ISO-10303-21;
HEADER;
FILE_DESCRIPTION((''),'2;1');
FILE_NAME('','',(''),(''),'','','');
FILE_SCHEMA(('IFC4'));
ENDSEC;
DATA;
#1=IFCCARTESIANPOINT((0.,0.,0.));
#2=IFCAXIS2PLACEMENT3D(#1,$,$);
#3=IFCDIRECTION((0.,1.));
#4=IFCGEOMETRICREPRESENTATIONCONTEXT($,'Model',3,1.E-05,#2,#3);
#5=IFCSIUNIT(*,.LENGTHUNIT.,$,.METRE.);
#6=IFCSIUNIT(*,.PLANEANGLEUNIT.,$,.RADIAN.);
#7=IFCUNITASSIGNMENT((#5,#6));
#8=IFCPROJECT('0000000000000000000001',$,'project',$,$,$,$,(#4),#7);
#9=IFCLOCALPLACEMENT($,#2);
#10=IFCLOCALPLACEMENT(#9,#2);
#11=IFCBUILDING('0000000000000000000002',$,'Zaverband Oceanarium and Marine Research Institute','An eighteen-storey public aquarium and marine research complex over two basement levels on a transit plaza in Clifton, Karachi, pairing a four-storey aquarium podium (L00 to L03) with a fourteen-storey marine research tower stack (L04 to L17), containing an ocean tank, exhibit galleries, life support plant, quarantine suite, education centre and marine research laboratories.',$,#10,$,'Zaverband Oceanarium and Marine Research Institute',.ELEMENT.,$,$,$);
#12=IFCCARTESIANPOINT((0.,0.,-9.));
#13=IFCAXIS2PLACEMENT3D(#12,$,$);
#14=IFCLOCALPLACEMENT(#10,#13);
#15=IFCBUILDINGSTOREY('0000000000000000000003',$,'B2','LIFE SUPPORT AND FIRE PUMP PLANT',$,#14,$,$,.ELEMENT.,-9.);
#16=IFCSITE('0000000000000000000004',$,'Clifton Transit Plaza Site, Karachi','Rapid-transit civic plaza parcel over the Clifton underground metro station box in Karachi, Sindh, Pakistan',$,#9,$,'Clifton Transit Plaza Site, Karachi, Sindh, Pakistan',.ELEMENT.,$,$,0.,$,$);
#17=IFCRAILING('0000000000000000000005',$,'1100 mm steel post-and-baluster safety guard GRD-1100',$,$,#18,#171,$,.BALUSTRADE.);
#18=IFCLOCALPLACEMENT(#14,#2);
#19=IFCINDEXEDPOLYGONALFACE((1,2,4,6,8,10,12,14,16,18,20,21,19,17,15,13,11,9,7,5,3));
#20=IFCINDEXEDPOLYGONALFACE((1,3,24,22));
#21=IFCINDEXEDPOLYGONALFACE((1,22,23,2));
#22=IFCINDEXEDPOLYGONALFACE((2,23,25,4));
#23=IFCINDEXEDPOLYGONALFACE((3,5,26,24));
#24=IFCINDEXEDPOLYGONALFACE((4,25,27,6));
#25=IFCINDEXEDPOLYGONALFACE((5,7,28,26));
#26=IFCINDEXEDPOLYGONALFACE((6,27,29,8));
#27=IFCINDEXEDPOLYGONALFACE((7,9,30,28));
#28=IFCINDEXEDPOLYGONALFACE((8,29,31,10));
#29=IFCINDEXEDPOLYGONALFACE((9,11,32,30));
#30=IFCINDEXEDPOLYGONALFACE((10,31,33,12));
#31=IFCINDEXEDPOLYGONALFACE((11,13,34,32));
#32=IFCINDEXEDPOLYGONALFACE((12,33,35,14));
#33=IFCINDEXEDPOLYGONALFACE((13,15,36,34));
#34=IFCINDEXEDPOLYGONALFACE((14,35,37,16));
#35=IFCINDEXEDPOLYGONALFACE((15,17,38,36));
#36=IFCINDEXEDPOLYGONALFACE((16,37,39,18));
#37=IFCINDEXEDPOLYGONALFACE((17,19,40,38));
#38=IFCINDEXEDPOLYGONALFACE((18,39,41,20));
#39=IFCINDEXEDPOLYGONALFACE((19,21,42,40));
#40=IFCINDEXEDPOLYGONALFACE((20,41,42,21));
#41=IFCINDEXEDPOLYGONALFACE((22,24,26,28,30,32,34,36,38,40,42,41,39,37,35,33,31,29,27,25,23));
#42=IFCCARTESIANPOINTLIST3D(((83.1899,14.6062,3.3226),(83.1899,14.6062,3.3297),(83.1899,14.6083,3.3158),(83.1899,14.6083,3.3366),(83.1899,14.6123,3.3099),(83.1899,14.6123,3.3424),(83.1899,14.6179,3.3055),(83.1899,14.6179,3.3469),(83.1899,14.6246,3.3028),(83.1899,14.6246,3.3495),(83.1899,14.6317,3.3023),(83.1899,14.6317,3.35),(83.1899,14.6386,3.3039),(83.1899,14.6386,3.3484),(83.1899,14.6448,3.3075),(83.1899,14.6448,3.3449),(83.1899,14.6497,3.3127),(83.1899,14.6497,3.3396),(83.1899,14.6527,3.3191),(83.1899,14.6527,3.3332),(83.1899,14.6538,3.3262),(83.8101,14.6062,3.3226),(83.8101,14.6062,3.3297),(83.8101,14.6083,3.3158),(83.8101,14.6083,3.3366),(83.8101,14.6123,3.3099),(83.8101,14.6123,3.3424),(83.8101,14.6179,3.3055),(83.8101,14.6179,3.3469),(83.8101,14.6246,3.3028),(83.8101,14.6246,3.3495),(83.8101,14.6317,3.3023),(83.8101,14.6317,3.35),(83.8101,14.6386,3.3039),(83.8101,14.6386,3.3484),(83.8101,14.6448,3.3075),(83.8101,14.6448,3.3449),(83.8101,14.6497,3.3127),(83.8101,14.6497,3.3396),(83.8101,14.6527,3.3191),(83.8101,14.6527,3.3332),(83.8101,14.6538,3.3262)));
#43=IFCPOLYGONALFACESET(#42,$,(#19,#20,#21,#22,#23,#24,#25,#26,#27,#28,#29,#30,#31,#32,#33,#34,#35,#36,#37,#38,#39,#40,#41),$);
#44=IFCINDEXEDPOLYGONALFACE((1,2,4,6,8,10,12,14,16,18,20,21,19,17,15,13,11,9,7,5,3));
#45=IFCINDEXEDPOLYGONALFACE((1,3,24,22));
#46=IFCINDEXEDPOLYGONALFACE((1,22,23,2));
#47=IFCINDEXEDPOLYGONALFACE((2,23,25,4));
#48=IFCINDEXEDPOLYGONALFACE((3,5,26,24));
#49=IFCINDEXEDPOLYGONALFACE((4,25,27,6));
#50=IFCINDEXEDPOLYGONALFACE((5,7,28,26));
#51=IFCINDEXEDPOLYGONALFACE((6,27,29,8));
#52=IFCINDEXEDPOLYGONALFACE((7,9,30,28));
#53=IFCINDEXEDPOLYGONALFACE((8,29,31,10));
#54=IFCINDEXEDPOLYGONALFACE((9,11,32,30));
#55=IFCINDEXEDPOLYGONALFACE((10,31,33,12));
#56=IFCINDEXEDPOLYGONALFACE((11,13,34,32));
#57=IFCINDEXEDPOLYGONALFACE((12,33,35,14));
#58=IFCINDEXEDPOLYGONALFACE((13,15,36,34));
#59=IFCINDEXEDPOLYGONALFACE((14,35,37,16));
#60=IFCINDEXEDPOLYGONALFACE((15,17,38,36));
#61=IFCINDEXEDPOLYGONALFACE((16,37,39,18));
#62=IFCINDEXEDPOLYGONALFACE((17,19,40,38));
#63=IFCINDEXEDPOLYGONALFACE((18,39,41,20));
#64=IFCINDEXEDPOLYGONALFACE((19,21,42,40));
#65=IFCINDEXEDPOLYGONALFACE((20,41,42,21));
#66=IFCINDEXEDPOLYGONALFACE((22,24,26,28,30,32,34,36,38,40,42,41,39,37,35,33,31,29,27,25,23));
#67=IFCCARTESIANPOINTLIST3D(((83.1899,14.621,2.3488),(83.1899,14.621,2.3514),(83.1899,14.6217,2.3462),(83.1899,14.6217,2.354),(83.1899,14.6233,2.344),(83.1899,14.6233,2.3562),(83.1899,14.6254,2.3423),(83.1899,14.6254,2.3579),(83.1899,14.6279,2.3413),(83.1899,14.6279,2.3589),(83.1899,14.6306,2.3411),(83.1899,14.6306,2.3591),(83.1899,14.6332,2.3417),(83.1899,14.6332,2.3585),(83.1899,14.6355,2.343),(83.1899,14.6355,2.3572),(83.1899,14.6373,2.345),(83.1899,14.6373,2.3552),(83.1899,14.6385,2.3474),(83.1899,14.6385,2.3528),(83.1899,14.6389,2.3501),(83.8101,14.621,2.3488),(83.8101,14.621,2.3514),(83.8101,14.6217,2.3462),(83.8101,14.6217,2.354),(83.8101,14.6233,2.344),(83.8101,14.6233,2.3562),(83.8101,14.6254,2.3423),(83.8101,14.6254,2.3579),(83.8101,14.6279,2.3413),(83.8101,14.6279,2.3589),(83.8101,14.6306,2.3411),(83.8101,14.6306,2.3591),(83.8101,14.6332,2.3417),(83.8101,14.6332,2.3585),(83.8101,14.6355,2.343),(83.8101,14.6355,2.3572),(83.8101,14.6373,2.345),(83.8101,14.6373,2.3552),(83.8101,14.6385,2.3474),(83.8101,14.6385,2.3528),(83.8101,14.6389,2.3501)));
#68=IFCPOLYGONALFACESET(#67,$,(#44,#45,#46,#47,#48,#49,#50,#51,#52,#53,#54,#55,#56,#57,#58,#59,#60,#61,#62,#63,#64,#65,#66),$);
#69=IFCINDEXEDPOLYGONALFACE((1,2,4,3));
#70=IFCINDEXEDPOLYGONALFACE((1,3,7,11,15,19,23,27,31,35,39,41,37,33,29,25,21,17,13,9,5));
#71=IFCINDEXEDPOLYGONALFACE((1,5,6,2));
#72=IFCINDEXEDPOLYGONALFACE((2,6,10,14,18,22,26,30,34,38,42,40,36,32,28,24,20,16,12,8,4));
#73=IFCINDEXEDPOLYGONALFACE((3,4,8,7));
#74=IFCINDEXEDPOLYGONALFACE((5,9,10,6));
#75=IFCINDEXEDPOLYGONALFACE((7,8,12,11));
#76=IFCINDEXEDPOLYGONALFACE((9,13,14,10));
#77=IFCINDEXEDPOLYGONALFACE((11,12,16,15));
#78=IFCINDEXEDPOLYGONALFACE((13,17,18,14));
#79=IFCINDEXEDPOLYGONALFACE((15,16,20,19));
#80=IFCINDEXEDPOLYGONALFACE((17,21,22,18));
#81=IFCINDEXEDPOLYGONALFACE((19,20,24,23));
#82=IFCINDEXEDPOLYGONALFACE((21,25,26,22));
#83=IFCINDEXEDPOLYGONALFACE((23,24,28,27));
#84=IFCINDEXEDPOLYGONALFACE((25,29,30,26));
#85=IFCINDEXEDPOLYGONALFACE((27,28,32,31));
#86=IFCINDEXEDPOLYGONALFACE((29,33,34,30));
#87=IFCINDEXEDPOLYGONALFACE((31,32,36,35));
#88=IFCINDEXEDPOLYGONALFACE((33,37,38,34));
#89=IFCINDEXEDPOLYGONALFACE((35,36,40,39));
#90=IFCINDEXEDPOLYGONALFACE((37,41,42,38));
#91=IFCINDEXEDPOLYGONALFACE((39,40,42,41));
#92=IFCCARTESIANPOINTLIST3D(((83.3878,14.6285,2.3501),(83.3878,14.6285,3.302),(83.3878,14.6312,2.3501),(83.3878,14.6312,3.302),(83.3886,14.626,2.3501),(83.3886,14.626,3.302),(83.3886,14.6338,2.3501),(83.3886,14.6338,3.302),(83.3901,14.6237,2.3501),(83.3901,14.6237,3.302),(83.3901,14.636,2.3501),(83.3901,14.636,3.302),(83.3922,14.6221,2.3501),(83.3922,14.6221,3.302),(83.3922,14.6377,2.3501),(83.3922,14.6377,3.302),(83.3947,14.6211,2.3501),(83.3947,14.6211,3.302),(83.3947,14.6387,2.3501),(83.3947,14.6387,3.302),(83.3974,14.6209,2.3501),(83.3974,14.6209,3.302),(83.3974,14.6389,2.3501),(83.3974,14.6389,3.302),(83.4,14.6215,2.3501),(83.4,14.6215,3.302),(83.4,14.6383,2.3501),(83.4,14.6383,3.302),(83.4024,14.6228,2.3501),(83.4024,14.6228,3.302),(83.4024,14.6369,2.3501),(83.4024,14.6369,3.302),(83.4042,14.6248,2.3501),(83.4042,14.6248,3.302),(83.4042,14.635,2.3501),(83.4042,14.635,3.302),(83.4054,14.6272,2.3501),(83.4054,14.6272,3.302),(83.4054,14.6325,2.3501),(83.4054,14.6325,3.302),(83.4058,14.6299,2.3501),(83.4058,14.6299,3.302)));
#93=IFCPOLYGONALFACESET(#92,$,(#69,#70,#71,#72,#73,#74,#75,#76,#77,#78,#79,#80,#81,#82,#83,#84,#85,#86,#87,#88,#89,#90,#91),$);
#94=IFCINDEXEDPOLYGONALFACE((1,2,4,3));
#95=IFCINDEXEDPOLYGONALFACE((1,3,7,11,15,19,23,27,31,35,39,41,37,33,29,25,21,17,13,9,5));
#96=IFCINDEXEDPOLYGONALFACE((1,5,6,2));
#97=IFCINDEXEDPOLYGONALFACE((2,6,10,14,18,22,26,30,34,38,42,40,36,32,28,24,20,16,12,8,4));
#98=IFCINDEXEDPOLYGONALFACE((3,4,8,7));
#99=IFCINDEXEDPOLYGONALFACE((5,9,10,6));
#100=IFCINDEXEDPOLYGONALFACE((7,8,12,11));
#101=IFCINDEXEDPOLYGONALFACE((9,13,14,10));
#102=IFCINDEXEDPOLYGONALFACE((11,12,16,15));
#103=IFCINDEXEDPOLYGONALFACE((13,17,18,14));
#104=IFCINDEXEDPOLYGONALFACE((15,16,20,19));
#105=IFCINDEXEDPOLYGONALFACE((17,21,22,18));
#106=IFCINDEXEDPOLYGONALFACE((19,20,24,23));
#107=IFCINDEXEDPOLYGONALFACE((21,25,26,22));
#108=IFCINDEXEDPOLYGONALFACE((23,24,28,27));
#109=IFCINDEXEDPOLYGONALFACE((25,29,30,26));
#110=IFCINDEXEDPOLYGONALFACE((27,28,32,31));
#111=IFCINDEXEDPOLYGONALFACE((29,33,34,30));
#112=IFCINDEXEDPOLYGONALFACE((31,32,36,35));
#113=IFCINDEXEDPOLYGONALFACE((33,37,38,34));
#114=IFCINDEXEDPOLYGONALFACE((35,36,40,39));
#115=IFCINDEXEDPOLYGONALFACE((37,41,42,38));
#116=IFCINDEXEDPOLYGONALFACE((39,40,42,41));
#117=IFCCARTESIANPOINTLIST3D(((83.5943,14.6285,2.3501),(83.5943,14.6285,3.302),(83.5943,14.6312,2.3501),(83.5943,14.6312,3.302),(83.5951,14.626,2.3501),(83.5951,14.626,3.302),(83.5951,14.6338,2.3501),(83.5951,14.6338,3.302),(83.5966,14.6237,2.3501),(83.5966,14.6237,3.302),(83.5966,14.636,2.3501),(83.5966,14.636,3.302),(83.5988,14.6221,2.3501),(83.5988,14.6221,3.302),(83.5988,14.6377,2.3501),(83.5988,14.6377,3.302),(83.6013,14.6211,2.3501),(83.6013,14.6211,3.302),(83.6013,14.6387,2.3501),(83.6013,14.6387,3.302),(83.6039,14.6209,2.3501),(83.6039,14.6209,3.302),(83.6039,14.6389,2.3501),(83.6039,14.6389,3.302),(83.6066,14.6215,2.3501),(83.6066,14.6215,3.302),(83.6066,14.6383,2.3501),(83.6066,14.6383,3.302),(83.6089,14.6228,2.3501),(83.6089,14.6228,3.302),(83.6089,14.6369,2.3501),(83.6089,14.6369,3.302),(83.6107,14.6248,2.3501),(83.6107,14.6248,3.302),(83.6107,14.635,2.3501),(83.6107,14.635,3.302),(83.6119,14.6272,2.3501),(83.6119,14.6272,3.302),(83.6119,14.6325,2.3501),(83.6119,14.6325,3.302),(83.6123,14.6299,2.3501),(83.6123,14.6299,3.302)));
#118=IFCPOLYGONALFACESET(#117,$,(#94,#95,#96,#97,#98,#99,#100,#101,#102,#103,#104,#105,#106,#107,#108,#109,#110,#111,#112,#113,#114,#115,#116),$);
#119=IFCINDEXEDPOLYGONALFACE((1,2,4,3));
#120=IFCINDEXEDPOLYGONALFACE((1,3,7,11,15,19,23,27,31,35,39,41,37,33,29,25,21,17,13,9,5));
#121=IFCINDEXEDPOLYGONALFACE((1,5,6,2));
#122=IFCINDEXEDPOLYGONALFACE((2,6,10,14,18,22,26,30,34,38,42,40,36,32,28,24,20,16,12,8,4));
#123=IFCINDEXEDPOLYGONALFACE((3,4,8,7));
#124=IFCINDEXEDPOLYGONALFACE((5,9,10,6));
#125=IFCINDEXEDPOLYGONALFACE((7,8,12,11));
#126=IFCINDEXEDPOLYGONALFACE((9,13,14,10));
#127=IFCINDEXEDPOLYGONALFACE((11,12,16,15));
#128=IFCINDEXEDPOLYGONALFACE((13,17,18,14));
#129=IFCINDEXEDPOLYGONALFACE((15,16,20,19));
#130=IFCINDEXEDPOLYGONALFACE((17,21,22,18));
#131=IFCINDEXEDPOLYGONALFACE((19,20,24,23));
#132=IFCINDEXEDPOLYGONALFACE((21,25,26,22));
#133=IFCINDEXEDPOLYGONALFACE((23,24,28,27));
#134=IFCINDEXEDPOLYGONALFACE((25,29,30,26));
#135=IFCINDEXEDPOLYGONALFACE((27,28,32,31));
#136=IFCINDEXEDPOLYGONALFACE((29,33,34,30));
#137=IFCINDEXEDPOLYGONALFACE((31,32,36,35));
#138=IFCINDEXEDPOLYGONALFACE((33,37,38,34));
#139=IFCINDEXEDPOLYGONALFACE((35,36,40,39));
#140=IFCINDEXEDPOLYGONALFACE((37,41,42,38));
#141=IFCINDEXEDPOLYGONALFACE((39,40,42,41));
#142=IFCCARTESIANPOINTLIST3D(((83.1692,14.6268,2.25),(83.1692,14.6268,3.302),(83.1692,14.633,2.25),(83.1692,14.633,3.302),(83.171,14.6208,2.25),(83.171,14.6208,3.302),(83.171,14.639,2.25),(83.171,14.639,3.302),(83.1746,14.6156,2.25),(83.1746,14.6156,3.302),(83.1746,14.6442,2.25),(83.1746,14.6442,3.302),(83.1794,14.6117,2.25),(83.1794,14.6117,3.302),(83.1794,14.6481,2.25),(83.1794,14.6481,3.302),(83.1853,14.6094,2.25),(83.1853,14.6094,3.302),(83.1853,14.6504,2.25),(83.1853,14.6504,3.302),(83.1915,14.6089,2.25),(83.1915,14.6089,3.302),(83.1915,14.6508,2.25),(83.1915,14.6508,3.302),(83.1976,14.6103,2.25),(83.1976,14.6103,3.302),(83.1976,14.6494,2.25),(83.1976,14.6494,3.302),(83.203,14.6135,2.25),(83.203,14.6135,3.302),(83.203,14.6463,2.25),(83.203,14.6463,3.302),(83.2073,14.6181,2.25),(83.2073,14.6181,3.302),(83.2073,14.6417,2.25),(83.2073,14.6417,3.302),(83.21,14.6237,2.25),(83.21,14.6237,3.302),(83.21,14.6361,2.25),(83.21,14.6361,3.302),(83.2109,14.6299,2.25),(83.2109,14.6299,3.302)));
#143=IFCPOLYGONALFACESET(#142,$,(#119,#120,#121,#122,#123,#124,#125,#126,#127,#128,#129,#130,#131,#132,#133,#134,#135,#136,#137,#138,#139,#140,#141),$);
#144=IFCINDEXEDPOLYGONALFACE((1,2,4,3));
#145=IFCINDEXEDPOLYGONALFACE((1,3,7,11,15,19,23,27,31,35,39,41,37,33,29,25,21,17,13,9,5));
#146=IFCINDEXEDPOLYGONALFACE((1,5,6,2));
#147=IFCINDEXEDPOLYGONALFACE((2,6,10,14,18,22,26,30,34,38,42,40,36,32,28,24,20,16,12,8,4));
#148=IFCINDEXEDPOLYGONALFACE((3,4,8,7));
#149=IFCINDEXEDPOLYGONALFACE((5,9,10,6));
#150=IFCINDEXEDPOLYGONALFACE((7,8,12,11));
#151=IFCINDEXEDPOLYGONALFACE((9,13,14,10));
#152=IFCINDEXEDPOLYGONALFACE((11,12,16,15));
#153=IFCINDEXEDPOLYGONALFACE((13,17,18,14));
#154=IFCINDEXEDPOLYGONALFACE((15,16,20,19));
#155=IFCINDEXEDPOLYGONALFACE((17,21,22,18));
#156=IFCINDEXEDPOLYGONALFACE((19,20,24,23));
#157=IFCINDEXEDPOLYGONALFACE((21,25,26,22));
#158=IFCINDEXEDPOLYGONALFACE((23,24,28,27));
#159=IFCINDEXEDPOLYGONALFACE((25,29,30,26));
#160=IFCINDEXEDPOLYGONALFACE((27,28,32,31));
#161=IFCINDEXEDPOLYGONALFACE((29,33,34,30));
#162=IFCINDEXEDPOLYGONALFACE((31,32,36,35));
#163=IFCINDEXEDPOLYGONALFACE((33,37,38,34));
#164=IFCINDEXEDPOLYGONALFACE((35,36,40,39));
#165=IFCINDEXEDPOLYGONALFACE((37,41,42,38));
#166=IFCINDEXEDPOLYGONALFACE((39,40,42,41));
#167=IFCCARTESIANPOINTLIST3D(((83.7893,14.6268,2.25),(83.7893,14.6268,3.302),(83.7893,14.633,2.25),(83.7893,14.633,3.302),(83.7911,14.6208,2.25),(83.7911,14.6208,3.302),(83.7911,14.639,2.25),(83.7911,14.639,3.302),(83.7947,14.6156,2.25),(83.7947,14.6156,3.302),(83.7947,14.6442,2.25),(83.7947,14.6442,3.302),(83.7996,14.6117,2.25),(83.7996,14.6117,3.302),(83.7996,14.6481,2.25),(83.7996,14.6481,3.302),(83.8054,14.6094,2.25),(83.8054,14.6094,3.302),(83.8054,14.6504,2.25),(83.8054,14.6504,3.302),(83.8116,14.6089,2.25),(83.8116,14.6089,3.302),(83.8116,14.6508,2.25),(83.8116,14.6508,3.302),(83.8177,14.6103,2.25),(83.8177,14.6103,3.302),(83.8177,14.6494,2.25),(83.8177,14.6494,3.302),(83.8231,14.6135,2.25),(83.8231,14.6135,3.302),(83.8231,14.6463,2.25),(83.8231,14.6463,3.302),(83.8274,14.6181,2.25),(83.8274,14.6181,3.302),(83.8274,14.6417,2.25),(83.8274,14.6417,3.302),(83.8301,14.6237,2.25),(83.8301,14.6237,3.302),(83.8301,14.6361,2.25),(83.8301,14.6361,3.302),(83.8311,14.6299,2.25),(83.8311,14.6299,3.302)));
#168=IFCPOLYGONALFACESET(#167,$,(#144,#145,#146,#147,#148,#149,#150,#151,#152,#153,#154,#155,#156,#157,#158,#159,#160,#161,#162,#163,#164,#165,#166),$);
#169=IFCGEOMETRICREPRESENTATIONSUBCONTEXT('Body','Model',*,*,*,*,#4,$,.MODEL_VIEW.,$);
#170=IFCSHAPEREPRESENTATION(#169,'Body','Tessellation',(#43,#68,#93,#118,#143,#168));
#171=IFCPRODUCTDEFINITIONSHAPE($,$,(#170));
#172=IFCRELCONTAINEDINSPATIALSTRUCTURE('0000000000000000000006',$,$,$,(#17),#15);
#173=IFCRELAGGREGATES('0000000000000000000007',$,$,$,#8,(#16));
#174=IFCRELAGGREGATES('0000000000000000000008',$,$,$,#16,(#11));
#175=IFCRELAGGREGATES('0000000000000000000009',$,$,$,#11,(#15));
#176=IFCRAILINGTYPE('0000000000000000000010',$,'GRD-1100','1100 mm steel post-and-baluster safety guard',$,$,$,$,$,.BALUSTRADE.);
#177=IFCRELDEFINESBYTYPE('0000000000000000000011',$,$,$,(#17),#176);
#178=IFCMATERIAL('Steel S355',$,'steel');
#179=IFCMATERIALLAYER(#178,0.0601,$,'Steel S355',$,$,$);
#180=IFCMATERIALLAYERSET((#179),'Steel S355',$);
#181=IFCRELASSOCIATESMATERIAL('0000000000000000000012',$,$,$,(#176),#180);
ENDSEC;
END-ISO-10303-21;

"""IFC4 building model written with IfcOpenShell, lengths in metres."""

from ifc_helpers import new_model, si_unit, direction, frame, origin, origin_2d, place, context, subcontext, project, spatial, circle, extrude, material, layer, layer_set, type_object, element, save


model = new_model("IFC4")

# Units and contexts
model_context = context("Model", 3, precision=1e-05, world=origin(), true_north=direction((0.0, 1.0)))
body_context = subcontext(model_context, "Body", "Model", "MODEL_VIEW")
ifc_project = project(units=[si_unit("LENGTHUNIT", "METRE"), si_unit("PLANEANGLEUNIT", "RADIAN")], contexts=[model_context])

# Site, building, storey
site_placement = place(None, origin())
site = spatial("IfcSite", under=ifc_project, at=site_placement, Name="Clifton Transit Plaza Site, Karachi", Description="Rapid-transit civic plaza parcel over the Clifton underground metro station box in Karachi, Sindh, Pakistan", LongName="Clifton Transit Plaza Site, Karachi, Sindh, Pakistan", CompositionType="ELEMENT", RefElevation=0.0)
building_placement = place(site_placement, origin())
building = spatial("IfcBuilding", under=site, at=building_placement, Name="Zaverband Oceanarium and Marine Research Institute", Description="An eighteen-storey public aquarium and marine research complex over two basement levels on a transit plaza in Clifton, Karachi, pairing a four-storey aquarium podium (L00 to L03) with a fourteen-storey marine research tower stack (L04 to L17), containing an ocean tank, exhibit galleries, life support plant, quarantine suite, education centre and marine research laboratories.", LongName="Zaverband Oceanarium and Marine Research Institute", CompositionType="ELEMENT")
storey_placement = place(building_placement, frame((0.0, 0.0, -9.0)))
storey = spatial("IfcBuildingStorey", under=building, at=storey_placement, Name="B2", Description="LIFE SUPPORT AND FIRE PUMP PLANT", CompositionType="ELEMENT", Elevation=-9.0)

# Railing
ifc_material_1 = material(Name="Steel S355", Category="steel")
ifc_layer_1 = layer(ifc_material_1, 0.0601, Name="Steel S355")
ifc_layer_set_1 = layer_set([ifc_layer_1], Name="Steel S355")
railing_type_1 = type_object("IfcRailingType", Name="GRD-1100", Description="1100 mm steel post-and-baluster safety guard", PredefinedType="BALUSTRADE", material=ifc_layer_set_1)
railing_1_placement = place(storey_placement, frame((83.1899, 14.6299, 2.25)))
element("IfcRailing", 1, at=railing_1_placement, inside=storey, type_object=railing_type_1, Name="1100 mm steel post-and-baluster safety guard GRD-1100", PredefinedType="BALUSTRADE", context=body_context, shape_type="SweptSolid", body=[
    extrude(circle(Radius=0.0239, at=origin_2d()), frame((0.0, 0.0, 1.0762), z_axis=(1.0, 0.0, 0.0), x_axis=(0.0, 1.0, 0.0)), (0.0, 0.0, 1.0), 0.6201),
    extrude(circle(Radius=0.009, at=origin_2d()), frame((0.0, 0.0, 0.1001), z_axis=(1.0, 0.0, 0.0), x_axis=(0.0, 1.0, 0.0)), (0.0, 0.0, 1.0), 0.6201),
    extrude(circle(Radius=0.009, at=origin_2d()), frame((0.2068, 0.0, 0.1001)), (0.0, 0.0, 1.0), 0.9519),
    extrude(circle(Radius=0.009, at=origin_2d()), frame((0.4133, 0.0, 0.1001)), (0.0, 0.0, 1.0), 0.9519),
    extrude(circle(Radius=0.021, at=origin_2d()), origin(), (0.0, 0.0, 1.0), 1.052),
    extrude(circle(Radius=0.021, at=origin_2d()), frame((0.6201, 0.0, 0.0)), (0.0, 0.0, 1.0), 1.052),
])

save(model, "model.ifc")
